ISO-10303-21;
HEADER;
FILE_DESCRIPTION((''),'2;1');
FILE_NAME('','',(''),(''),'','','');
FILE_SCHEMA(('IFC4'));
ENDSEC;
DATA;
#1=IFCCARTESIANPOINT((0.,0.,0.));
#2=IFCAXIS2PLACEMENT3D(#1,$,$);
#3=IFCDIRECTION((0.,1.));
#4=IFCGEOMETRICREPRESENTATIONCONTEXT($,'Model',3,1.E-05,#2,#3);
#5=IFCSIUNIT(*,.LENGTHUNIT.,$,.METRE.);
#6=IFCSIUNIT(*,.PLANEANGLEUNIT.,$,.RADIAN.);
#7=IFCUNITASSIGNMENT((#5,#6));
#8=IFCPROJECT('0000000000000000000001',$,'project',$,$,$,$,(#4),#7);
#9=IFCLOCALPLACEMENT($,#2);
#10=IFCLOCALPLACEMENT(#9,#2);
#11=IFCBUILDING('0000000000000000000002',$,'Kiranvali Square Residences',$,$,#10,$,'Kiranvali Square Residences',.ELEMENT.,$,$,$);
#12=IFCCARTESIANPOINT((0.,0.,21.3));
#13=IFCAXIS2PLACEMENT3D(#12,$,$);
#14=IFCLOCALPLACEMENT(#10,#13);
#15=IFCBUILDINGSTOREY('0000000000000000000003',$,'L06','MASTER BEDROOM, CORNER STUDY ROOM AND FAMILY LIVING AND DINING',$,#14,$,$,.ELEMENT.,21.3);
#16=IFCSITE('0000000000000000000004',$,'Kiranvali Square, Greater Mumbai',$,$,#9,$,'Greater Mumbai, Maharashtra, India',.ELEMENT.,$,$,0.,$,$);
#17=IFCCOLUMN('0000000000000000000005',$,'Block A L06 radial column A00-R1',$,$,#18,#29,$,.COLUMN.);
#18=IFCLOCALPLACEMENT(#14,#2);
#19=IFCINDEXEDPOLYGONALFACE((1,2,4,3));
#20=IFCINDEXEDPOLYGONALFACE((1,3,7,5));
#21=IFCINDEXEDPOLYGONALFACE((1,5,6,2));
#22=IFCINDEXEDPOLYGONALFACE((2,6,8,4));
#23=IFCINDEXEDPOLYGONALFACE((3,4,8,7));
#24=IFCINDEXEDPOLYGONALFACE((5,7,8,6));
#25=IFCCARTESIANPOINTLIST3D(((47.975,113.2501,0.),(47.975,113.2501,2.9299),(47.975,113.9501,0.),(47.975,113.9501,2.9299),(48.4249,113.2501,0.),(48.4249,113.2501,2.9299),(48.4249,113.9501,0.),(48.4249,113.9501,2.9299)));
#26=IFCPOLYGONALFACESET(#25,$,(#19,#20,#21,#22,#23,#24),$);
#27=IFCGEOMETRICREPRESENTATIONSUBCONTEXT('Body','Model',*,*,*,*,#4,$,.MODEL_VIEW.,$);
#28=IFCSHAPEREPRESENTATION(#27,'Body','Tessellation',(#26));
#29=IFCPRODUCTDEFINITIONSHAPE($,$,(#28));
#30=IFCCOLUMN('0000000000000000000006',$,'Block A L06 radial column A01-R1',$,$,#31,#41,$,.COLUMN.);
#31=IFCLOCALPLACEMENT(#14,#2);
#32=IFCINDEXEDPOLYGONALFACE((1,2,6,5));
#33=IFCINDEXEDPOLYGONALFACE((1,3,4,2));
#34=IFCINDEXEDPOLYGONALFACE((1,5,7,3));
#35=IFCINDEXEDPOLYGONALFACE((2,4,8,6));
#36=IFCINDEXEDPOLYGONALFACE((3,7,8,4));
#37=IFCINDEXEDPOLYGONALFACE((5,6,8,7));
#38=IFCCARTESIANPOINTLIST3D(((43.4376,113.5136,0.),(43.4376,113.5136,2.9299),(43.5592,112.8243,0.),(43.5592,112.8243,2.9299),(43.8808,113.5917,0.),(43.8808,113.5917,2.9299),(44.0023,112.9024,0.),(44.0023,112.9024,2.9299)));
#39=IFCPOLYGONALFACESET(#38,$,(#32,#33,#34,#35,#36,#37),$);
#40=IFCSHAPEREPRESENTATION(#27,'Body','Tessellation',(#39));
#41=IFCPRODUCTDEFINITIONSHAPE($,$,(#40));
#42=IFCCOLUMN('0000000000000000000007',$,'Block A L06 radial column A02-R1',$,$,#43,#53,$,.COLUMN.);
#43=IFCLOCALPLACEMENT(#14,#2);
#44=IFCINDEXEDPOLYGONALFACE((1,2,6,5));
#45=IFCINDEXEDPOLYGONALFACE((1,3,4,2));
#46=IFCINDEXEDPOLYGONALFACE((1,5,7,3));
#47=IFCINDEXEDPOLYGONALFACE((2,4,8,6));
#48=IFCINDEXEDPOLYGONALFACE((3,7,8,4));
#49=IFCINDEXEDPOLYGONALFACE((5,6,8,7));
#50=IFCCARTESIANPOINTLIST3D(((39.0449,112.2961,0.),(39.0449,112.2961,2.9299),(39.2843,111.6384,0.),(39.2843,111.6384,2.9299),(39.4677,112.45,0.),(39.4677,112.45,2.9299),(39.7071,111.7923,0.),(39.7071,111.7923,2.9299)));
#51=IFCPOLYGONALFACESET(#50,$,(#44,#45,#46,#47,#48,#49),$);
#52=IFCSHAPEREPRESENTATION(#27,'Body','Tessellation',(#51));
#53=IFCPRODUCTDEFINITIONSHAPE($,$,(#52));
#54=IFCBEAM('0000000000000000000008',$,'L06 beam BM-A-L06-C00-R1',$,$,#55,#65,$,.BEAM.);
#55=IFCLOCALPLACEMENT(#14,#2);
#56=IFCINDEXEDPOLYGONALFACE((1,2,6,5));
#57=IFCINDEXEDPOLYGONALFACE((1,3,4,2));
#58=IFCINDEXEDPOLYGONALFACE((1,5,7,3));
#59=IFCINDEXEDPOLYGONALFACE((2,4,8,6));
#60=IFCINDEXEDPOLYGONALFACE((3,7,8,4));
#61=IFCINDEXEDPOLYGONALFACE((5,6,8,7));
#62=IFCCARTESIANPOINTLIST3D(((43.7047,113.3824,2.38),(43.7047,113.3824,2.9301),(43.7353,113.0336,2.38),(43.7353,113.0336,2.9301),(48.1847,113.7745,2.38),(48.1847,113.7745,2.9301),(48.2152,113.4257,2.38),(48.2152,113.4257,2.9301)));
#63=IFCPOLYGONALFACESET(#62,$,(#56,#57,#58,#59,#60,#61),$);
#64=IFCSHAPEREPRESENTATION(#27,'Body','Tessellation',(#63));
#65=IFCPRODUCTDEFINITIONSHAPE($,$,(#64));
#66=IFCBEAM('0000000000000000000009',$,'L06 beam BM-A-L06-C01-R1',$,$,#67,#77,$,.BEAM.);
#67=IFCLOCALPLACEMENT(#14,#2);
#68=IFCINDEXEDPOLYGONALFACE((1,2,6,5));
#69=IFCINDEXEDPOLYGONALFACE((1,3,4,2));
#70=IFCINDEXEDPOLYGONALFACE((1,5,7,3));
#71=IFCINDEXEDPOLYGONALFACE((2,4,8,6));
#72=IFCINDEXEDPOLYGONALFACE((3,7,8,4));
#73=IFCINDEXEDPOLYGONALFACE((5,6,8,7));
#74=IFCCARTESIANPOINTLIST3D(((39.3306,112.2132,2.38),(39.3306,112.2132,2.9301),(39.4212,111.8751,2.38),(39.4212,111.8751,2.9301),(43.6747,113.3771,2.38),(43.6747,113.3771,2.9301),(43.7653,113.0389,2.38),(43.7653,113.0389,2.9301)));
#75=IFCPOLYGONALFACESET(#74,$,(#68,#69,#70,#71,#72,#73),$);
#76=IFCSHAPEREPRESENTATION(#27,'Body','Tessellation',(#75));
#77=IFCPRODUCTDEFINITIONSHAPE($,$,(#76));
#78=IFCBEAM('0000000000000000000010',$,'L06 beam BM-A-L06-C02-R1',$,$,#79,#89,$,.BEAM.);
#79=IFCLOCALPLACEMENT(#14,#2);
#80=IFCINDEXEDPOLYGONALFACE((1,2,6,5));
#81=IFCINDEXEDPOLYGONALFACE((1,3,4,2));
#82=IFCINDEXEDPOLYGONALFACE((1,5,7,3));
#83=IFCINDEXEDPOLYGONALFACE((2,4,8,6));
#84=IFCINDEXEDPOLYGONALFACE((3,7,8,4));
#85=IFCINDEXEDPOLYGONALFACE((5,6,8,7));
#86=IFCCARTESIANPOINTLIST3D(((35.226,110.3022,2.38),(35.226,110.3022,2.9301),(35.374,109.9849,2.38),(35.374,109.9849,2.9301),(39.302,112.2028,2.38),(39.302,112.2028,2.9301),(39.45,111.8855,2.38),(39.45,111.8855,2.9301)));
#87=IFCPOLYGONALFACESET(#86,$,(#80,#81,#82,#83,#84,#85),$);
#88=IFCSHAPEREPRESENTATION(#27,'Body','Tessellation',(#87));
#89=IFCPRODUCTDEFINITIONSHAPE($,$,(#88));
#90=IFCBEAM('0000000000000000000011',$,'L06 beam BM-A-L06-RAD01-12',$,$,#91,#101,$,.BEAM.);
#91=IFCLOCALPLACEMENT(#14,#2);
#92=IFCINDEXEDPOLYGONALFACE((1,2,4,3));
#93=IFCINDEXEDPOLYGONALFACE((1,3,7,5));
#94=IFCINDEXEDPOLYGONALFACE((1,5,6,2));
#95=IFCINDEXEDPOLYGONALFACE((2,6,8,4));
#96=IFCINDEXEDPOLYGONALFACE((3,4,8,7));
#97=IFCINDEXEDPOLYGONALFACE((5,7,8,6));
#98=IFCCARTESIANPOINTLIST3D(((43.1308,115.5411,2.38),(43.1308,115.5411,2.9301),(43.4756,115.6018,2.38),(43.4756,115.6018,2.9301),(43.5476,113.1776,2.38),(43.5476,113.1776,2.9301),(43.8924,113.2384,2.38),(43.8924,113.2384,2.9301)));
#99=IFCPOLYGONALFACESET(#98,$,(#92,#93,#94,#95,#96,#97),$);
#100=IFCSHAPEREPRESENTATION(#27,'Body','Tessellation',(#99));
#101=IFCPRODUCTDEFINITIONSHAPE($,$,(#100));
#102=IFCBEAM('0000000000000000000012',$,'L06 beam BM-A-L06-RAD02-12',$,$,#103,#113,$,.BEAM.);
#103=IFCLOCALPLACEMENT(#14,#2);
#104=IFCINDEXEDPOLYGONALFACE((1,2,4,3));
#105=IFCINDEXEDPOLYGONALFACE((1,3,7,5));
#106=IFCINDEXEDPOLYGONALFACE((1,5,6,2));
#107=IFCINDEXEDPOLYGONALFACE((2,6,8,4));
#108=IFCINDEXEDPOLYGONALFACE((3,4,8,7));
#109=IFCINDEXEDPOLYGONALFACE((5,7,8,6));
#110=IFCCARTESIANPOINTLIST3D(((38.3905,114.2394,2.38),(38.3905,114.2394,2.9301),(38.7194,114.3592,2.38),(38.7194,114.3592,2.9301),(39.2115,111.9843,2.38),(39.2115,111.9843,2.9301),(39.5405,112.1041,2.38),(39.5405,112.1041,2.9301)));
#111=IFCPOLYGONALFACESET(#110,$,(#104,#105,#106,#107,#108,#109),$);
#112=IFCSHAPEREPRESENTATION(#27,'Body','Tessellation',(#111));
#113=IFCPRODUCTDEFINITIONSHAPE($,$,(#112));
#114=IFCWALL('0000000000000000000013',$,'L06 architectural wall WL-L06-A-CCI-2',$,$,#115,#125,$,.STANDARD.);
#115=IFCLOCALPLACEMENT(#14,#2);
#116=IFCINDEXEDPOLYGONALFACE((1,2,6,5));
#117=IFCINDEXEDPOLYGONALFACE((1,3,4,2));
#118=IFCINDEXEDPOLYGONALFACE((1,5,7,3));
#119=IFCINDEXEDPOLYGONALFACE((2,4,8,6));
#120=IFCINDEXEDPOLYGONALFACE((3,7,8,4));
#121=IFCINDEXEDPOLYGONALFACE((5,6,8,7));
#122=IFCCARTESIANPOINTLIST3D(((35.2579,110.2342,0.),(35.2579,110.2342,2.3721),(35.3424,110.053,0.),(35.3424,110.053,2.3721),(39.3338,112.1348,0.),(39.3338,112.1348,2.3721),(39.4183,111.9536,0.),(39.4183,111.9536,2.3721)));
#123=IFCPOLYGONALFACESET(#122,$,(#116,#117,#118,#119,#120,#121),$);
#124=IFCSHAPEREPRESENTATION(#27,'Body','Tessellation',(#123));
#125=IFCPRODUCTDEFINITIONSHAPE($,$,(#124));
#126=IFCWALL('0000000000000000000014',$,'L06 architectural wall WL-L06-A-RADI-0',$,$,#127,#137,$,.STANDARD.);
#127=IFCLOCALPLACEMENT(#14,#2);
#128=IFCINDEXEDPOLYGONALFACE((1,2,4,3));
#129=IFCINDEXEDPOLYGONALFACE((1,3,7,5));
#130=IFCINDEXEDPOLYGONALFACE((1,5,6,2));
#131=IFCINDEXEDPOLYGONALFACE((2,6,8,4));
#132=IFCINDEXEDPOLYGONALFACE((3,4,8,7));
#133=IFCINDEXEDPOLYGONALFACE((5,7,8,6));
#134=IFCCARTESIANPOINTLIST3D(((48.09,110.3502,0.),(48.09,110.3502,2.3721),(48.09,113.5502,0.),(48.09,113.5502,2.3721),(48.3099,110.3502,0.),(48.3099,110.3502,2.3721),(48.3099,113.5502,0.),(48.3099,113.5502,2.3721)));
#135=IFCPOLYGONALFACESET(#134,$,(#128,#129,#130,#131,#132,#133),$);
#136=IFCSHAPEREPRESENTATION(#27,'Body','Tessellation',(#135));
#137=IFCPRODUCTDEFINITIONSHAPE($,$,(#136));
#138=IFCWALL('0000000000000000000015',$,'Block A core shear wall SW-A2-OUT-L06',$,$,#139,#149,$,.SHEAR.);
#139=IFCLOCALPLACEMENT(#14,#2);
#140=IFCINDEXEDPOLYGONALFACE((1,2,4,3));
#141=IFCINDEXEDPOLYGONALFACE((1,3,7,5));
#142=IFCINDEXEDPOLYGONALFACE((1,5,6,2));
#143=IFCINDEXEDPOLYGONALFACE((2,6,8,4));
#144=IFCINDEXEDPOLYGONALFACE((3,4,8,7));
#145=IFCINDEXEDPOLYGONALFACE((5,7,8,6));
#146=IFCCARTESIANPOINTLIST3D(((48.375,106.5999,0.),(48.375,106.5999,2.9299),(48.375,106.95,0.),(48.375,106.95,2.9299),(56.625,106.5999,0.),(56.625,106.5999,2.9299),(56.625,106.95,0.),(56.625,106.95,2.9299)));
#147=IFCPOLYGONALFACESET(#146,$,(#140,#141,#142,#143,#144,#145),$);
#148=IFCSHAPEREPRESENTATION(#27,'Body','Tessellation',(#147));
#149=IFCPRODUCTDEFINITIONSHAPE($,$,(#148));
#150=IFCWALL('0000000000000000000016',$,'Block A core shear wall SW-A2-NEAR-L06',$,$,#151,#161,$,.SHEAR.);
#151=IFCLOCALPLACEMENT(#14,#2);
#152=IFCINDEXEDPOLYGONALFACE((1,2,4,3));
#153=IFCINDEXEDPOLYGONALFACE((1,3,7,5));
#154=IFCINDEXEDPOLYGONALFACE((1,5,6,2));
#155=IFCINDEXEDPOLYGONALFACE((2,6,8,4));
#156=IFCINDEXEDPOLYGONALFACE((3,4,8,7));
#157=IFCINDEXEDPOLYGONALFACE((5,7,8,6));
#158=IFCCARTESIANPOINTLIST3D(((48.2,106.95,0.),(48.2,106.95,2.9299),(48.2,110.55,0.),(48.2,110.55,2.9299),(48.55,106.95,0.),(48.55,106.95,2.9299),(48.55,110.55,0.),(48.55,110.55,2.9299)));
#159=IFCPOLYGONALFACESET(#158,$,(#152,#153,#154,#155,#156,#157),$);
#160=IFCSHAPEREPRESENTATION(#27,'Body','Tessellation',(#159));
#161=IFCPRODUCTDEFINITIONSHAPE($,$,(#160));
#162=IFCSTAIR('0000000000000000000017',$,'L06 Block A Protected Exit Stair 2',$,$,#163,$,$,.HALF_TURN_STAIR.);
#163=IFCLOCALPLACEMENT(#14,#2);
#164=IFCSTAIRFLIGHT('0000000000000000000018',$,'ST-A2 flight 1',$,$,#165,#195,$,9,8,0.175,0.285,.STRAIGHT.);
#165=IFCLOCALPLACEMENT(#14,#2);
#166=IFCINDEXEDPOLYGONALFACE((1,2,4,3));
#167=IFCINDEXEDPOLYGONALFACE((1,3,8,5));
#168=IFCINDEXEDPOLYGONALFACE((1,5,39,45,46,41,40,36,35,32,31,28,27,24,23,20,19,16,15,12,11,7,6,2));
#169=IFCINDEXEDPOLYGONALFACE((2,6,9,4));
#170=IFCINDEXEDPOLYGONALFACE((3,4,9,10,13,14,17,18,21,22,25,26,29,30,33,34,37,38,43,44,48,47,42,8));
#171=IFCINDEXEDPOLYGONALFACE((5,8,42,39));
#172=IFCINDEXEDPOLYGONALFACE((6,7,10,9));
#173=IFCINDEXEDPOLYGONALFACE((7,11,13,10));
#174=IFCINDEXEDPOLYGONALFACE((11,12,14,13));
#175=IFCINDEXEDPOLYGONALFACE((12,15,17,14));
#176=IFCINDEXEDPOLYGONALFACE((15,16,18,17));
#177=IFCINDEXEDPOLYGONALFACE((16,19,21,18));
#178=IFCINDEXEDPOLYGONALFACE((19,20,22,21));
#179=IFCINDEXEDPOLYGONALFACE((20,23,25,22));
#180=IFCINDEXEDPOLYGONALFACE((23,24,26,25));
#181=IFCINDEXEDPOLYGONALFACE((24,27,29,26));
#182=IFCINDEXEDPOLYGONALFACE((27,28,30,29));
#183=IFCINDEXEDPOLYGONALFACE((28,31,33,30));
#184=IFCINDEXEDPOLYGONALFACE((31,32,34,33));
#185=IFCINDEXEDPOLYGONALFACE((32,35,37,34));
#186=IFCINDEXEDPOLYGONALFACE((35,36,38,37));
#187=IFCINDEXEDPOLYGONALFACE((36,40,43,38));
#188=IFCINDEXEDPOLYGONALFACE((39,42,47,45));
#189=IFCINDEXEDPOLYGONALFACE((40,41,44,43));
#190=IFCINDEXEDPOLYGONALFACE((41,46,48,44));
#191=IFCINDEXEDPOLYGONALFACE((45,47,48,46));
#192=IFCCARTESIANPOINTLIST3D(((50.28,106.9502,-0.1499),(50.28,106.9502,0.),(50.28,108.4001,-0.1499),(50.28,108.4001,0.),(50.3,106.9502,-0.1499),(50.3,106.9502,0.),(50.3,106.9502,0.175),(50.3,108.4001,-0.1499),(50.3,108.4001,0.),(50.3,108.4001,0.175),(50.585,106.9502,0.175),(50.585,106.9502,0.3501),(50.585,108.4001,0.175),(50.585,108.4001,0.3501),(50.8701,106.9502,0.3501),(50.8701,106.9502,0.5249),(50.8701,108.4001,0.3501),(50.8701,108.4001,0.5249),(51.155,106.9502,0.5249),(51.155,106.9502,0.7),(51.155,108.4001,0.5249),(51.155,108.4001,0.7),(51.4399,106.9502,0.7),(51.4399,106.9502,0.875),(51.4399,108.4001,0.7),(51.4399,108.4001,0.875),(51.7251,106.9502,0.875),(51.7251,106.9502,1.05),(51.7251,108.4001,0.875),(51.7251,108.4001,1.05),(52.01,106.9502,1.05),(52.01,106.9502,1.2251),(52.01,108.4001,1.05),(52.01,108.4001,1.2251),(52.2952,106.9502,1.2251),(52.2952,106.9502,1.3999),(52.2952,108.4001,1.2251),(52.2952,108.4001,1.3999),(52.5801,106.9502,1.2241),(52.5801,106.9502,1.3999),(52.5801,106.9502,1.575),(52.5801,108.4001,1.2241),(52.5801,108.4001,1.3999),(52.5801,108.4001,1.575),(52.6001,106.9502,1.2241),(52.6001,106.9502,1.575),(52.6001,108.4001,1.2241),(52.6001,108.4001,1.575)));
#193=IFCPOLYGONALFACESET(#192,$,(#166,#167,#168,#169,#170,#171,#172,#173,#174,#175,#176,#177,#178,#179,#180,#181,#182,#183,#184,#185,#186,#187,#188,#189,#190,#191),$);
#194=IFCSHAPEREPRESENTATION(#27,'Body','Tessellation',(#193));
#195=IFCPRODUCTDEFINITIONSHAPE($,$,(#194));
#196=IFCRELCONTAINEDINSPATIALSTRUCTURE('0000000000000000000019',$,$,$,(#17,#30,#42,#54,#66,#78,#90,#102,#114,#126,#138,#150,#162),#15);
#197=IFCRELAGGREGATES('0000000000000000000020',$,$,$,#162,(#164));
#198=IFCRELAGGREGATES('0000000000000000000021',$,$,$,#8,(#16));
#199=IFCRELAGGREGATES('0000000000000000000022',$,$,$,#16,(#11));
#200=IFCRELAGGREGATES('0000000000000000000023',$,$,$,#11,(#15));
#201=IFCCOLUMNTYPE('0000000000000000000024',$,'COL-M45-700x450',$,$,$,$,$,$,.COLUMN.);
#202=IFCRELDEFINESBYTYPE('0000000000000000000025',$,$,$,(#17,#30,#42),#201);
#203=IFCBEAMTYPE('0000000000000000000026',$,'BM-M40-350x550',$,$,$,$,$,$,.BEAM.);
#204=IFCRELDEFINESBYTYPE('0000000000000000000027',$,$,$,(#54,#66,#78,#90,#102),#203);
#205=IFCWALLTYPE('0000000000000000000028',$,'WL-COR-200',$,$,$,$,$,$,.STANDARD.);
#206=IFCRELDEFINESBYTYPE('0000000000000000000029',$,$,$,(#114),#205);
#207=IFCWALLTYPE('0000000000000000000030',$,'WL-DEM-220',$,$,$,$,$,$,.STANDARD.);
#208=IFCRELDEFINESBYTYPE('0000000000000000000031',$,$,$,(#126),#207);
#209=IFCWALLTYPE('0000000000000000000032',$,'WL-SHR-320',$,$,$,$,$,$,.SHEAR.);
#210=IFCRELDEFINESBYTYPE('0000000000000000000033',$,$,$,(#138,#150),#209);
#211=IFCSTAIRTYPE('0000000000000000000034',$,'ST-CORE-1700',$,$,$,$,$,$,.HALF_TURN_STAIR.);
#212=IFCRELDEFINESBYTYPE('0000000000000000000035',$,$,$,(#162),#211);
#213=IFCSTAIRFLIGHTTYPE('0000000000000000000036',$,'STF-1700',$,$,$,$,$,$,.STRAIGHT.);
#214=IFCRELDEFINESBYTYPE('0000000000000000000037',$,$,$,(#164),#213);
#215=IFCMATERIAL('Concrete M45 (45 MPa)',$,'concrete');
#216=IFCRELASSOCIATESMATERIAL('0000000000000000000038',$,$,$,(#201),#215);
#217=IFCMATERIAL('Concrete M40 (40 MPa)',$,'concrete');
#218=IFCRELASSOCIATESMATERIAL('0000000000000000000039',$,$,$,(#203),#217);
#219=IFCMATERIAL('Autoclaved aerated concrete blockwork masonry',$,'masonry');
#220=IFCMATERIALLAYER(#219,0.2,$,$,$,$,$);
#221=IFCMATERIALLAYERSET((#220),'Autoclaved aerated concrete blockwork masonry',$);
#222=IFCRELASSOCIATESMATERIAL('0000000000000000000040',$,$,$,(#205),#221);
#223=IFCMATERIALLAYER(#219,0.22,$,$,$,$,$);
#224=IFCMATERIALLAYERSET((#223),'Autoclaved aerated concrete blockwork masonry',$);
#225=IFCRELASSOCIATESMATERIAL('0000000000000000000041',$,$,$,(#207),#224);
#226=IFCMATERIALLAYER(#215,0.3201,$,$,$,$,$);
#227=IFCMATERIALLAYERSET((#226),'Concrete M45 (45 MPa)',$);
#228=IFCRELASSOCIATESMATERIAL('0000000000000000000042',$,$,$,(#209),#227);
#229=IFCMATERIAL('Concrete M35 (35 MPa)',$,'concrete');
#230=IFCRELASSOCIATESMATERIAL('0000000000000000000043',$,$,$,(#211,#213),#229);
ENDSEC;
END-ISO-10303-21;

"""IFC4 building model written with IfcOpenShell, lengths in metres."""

from ifc_helpers import new_model, si_unit, direction, frame, frame_2d, origin, origin_2d, place, context, subcontext, project, spatial, polyline, rectangle, outline, extrude, material, layer, layer_set, material_profile, profile_set, type_object, element, aggregate, save


model = new_model("IFC4")

# Units and contexts
model_context = context("Model", 3, precision=1e-05, world=origin(), true_north=direction((0.0, 1.0)))
body_context = subcontext(model_context, "Body", "Model", "MODEL_VIEW")
ifc_project = project(units=[si_unit("LENGTHUNIT", "METRE"), si_unit("PLANEANGLEUNIT", "RADIAN")], contexts=[model_context])

# Site, building, storey
site_placement = place(None, origin())
site = spatial("IfcSite", under=ifc_project, at=site_placement, Name="Kiranvali Square, Greater Mumbai", LongName="Greater Mumbai, Maharashtra, India", CompositionType="ELEMENT", RefElevation=0.0)
building_placement = place(site_placement, origin())
building = spatial("IfcBuilding", under=site, at=building_placement, Name="Kiranvali Square Residences", LongName="Kiranvali Square Residences", CompositionType="ELEMENT")
storey_placement = place(building_placement, frame((0.0, 0.0, 21.3)))
storey = spatial("IfcBuildingStorey", under=building, at=storey_placement, Name="L06", Description="MASTER BEDROOM, CORNER STUDY ROOM AND FAMILY LIVING AND DINING", CompositionType="ELEMENT", Elevation=21.3)

# Columns
ifc_material_1 = material(Name="Concrete M45 (45 MPa)", Category="concrete")
ifc_material_profile_1 = material_profile(ifc_material_1, rectangle(XDim=0.45, YDim=0.7, at=origin_2d()), Name="RC 700x450")
ifc_profile_set_1 = profile_set([ifc_material_profile_1], Name="Concrete M45 (45 MPa)")
column_type = type_object("IfcColumnType", Name="COL-M45-700x450", PredefinedType="COLUMN", material=ifc_profile_set_1)
for number, where, z_axis, x_axis, name in (
    (1, (48.2, 113.6001, 0.0), (0.0, 0.0, 1.0), (1.0, 0.0, 0.0), "Block A L06 radial column A00-R1"),
    (2, (43.72, 113.208, 0.0), (0.0, 0.0, 1.0), (0.984808, 0.173648, 0.0), "Block A L06 radial column A01-R1"),
    (3, (39.376, 112.0442, 0.0), (0.0, 0.0, 1.0), (0.939693, 0.34202, 0.0), "Block A L06 radial column A02-R1"),
):
    element("IfcColumn", number, at=place(storey_placement, frame(where, z_axis=z_axis, x_axis=x_axis)), inside=storey, type_object=column_type, Name=name, PredefinedType="COLUMN", context=body_context, shape_type="SweptSolid", body=[
        extrude(rectangle(XDim=0.45, YDim=0.7, at=origin_2d()), origin(), (0.0, 0.0, 1.0), 2.9299),
    ])

# Beams
ifc_material_2 = material(Name="Concrete M40 (40 MPa)", Category="concrete")
ifc_material_profile_2 = material_profile(ifc_material_2, rectangle(XDim=0.3501, YDim=0.55, at=origin_2d()), Name="RC 350x550")
ifc_profile_set_2 = profile_set([ifc_material_profile_2], Name="Concrete M40 (40 MPa)")
beam_type = type_object("IfcBeamType", Name="BM-M40-350x550", PredefinedType="BEAM", material=ifc_profile_set_2)
beam_placement = place(storey_placement, frame((48.2, 113.6001, 2.655), z_axis=(-0.996192, -0.087187, 0.0), x_axis=(0.087187, -0.996192, 0.0)))
element("IfcBeam", 4, at=beam_placement, inside=storey, type_object=beam_type, Name="L06 beam BM-A-L06-C00-R1", PredefinedType="BEAM", context=body_context, shape_type="SweptSolid", body=[
    extrude(rectangle(XDim=0.3501, YDim=0.55, at=origin_2d()), origin(), (0.0, 0.0, 1.0), 4.4971),
])
for number, where, z_axis, x_axis, name in (
    (5, (43.72, 113.208, 2.655), (-0.965934, -0.258788, 0.0), (0.258788, -0.965934, 0.0), "L06 beam BM-A-L06-C01-R1"),
    (6, (39.376, 112.0442, 2.655), (-0.906308, -0.422618, 0.0), (0.422618, -0.906308, 0.0), "L06 beam BM-A-L06-C02-R1"),
):
    element("IfcBeam", number, at=place(storey_placement, frame(where, z_axis=z_axis, x_axis=x_axis)), inside=storey, type_object=beam_type, Name=name, PredefinedType="BEAM", context=body_context, shape_type="SweptSolid", body=[
        extrude(rectangle(XDim=0.3501, YDim=0.55, at=origin_2d()), origin(), (0.0, 0.0, 1.0), 4.4973),
    ])
for number, where, z_axis, x_axis, name in (
    (7, (43.72, 113.208, 2.655), (-0.173646, 0.984808, 0.0), (-0.984808, -0.173646, 0.0), "L06 beam BM-A-L06-RAD01-12"),
    (8, (39.376, 112.0442, 2.655), (-0.342111, 0.93966, 0.0), (-0.93966, -0.342111, 0.0), "L06 beam BM-A-L06-RAD02-12"),
):
    element("IfcBeam", number, at=place(storey_placement, frame(where, z_axis=z_axis, x_axis=x_axis)), inside=storey, type_object=beam_type, Name=name, PredefinedType="BEAM", context=body_context, shape_type="SweptSolid", body=[
        extrude(rectangle(XDim=0.3501, YDim=0.55, at=origin_2d()), origin(), (0.0, 0.0, 1.0), 2.3999),
    ])

# Shared definitions
ifc_material_3 = material(Name="Autoclaved aerated concrete blockwork masonry", Category="masonry")
ifc_layer_1 = layer(ifc_material_3, 0.2)
ifc_layer_set_1 = layer_set([ifc_layer_1], Name="Autoclaved aerated concrete blockwork masonry")
wall_type_1 = type_object("IfcWallType", Name="WL-COR-200", PredefinedType="STANDARD", material=ifc_layer_set_1)

# Walls
wall_1_placement = place(storey_placement, frame((39.376, 112.0442, 0.0), z_axis=(0.0, 0.0, 1.0), x_axis=(-0.906308, -0.422618, 0.0)))
element("IfcWall", 9, at=wall_1_placement, inside=storey, type_object=wall_type_1, Name="L06 architectural wall WL-L06-A-CCI-2", PredefinedType="STANDARD", context=body_context, shape_type="SweptSolid", body=[
    extrude(rectangle(XDim=4.4973, YDim=0.2, at=frame_2d((2.2485, 0.0))), origin(), (0.0, 0.0, 1.0), 2.3721),
])
ifc_layer_2 = layer(ifc_material_3, 0.22)
ifc_layer_set_2 = layer_set([ifc_layer_2], Name="Autoclaved aerated concrete blockwork masonry")
wall_type_2 = type_object("IfcWallType", Name="WL-DEM-220", PredefinedType="STANDARD", material=ifc_layer_set_2)
wall_2_placement = place(storey_placement, frame((48.2, 110.3501, 0.0), z_axis=(0.0, 0.0, 1.0), x_axis=(0.0, 1.0, 0.0)))
element("IfcWall", 10, at=wall_2_placement, inside=storey, type_object=wall_type_2, Name="L06 architectural wall WL-L06-A-RADI-0", PredefinedType="STANDARD", context=body_context, shape_type="SweptSolid", body=[
    extrude(rectangle(XDim=3.2, YDim=0.22, at=frame_2d((1.6001, 0.0))), origin(), (0.0, 0.0, 1.0), 2.3721),
])
ifc_layer_3 = layer(ifc_material_1, 0.3201)
ifc_layer_set_3 = layer_set([ifc_layer_3], Name="Concrete M45 (45 MPa)")
wall_type_3 = type_object("IfcWallType", Name="WL-SHR-320", PredefinedType="SHEAR", material=ifc_layer_set_3)
wall_3_placement = place(storey_placement, frame((48.375, 106.7749, 0.0), z_axis=(0.0, 0.0, 1.0), x_axis=(1.0, 0.0, 0.0)))
element("IfcWall", 11, at=wall_3_placement, inside=storey, type_object=wall_type_3, Name="Block A core shear wall SW-A2-OUT-L06", PredefinedType="SHEAR", context=body_context, shape_type="SweptSolid", body=[
    extrude(rectangle(XDim=8.25, YDim=0.3501, at=frame_2d((4.125, 0.0))), origin(), (0.0, 0.0, 1.0), 2.9299),
])

# Wall
wall_4_placement = place(storey_placement, frame((48.375, 106.95, 0.0), z_axis=(0.0, 0.0, 1.0), x_axis=(0.0, 1.0, 0.0)))
element("IfcWall", 12, at=wall_4_placement, inside=storey, type_object=wall_type_3, Name="Block A core shear wall SW-A2-NEAR-L06", PredefinedType="SHEAR", context=body_context, shape_type="SweptSolid", body=[
    extrude(rectangle(XDim=3.6001, YDim=0.3501, at=frame_2d((1.8, 0.0))), origin(), (0.0, 0.0, 1.0), 2.9299),
])

# Stair, stair flight
ifc_material_4 = material(Name="Concrete M35 (35 MPa)", Category="concrete")
stair_type = type_object("IfcStairType", Name="ST-CORE-1700", PredefinedType="HALF_TURN_STAIR", material=ifc_material_4)
stair_placement = place(storey_placement, origin())
stair = element("IfcStair", 13, at=stair_placement, inside=storey, type_object=stair_type, Name="L06 Block A Protected Exit Stair 2", PredefinedType="HALF_TURN_STAIR")
stair_flight_type = type_object("IfcStairFlightType", Name="STF-1700", PredefinedType="STRAIGHT", material=ifc_material_4)
stair_flight_placement = place(storey_placement, frame((50.3, 107.675, 0.0), z_axis=(0.0, 0.0, 1.0), x_axis=(1.0, 0.0, 0.0)))
stair_flight = element("IfcStairFlight", 14, at=stair_flight_placement, type_object=stair_flight_type, Name="ST-A2 flight 1", NumberOfRisers=9, NumberOfTreads=8, PredefinedType="STRAIGHT", RiserHeight=0.175, TreadLength=0.285, context=body_context, shape_type="SweptSolid", body=[
    extrude(outline(polyline([(-0.02, -0.1499), (-0.02, 0.0), (0.0, 0.0), (0.0, 0.175), (0.2849, 0.175), (0.2849, 0.3501), (0.5701, 0.3501), (0.5701, 0.5249), (0.855, 0.5249), (0.855, 0.7), (1.1399, 0.7), (1.1399, 0.875), (1.425, 0.875), (1.425, 1.05), (1.71, 1.05), (1.71, 1.2251), (1.9951, 1.2251), (1.9951, 1.3999), (2.28, 1.3999), (2.28, 1.575), (2.3, 1.575), (2.3, 1.2241), (2.28, 1.2241), (0.0, -0.1499), (-0.02, -0.1499)])), frame((0.0, 0.7251, 0.0), z_axis=(0.0, -1.0, 0.0), x_axis=(1.0, 0.0, 0.0)), (0.0, 0.0, 1.0), 1.45),
])
aggregate(stair, [stair_flight])

save(model, "model.ifc")
